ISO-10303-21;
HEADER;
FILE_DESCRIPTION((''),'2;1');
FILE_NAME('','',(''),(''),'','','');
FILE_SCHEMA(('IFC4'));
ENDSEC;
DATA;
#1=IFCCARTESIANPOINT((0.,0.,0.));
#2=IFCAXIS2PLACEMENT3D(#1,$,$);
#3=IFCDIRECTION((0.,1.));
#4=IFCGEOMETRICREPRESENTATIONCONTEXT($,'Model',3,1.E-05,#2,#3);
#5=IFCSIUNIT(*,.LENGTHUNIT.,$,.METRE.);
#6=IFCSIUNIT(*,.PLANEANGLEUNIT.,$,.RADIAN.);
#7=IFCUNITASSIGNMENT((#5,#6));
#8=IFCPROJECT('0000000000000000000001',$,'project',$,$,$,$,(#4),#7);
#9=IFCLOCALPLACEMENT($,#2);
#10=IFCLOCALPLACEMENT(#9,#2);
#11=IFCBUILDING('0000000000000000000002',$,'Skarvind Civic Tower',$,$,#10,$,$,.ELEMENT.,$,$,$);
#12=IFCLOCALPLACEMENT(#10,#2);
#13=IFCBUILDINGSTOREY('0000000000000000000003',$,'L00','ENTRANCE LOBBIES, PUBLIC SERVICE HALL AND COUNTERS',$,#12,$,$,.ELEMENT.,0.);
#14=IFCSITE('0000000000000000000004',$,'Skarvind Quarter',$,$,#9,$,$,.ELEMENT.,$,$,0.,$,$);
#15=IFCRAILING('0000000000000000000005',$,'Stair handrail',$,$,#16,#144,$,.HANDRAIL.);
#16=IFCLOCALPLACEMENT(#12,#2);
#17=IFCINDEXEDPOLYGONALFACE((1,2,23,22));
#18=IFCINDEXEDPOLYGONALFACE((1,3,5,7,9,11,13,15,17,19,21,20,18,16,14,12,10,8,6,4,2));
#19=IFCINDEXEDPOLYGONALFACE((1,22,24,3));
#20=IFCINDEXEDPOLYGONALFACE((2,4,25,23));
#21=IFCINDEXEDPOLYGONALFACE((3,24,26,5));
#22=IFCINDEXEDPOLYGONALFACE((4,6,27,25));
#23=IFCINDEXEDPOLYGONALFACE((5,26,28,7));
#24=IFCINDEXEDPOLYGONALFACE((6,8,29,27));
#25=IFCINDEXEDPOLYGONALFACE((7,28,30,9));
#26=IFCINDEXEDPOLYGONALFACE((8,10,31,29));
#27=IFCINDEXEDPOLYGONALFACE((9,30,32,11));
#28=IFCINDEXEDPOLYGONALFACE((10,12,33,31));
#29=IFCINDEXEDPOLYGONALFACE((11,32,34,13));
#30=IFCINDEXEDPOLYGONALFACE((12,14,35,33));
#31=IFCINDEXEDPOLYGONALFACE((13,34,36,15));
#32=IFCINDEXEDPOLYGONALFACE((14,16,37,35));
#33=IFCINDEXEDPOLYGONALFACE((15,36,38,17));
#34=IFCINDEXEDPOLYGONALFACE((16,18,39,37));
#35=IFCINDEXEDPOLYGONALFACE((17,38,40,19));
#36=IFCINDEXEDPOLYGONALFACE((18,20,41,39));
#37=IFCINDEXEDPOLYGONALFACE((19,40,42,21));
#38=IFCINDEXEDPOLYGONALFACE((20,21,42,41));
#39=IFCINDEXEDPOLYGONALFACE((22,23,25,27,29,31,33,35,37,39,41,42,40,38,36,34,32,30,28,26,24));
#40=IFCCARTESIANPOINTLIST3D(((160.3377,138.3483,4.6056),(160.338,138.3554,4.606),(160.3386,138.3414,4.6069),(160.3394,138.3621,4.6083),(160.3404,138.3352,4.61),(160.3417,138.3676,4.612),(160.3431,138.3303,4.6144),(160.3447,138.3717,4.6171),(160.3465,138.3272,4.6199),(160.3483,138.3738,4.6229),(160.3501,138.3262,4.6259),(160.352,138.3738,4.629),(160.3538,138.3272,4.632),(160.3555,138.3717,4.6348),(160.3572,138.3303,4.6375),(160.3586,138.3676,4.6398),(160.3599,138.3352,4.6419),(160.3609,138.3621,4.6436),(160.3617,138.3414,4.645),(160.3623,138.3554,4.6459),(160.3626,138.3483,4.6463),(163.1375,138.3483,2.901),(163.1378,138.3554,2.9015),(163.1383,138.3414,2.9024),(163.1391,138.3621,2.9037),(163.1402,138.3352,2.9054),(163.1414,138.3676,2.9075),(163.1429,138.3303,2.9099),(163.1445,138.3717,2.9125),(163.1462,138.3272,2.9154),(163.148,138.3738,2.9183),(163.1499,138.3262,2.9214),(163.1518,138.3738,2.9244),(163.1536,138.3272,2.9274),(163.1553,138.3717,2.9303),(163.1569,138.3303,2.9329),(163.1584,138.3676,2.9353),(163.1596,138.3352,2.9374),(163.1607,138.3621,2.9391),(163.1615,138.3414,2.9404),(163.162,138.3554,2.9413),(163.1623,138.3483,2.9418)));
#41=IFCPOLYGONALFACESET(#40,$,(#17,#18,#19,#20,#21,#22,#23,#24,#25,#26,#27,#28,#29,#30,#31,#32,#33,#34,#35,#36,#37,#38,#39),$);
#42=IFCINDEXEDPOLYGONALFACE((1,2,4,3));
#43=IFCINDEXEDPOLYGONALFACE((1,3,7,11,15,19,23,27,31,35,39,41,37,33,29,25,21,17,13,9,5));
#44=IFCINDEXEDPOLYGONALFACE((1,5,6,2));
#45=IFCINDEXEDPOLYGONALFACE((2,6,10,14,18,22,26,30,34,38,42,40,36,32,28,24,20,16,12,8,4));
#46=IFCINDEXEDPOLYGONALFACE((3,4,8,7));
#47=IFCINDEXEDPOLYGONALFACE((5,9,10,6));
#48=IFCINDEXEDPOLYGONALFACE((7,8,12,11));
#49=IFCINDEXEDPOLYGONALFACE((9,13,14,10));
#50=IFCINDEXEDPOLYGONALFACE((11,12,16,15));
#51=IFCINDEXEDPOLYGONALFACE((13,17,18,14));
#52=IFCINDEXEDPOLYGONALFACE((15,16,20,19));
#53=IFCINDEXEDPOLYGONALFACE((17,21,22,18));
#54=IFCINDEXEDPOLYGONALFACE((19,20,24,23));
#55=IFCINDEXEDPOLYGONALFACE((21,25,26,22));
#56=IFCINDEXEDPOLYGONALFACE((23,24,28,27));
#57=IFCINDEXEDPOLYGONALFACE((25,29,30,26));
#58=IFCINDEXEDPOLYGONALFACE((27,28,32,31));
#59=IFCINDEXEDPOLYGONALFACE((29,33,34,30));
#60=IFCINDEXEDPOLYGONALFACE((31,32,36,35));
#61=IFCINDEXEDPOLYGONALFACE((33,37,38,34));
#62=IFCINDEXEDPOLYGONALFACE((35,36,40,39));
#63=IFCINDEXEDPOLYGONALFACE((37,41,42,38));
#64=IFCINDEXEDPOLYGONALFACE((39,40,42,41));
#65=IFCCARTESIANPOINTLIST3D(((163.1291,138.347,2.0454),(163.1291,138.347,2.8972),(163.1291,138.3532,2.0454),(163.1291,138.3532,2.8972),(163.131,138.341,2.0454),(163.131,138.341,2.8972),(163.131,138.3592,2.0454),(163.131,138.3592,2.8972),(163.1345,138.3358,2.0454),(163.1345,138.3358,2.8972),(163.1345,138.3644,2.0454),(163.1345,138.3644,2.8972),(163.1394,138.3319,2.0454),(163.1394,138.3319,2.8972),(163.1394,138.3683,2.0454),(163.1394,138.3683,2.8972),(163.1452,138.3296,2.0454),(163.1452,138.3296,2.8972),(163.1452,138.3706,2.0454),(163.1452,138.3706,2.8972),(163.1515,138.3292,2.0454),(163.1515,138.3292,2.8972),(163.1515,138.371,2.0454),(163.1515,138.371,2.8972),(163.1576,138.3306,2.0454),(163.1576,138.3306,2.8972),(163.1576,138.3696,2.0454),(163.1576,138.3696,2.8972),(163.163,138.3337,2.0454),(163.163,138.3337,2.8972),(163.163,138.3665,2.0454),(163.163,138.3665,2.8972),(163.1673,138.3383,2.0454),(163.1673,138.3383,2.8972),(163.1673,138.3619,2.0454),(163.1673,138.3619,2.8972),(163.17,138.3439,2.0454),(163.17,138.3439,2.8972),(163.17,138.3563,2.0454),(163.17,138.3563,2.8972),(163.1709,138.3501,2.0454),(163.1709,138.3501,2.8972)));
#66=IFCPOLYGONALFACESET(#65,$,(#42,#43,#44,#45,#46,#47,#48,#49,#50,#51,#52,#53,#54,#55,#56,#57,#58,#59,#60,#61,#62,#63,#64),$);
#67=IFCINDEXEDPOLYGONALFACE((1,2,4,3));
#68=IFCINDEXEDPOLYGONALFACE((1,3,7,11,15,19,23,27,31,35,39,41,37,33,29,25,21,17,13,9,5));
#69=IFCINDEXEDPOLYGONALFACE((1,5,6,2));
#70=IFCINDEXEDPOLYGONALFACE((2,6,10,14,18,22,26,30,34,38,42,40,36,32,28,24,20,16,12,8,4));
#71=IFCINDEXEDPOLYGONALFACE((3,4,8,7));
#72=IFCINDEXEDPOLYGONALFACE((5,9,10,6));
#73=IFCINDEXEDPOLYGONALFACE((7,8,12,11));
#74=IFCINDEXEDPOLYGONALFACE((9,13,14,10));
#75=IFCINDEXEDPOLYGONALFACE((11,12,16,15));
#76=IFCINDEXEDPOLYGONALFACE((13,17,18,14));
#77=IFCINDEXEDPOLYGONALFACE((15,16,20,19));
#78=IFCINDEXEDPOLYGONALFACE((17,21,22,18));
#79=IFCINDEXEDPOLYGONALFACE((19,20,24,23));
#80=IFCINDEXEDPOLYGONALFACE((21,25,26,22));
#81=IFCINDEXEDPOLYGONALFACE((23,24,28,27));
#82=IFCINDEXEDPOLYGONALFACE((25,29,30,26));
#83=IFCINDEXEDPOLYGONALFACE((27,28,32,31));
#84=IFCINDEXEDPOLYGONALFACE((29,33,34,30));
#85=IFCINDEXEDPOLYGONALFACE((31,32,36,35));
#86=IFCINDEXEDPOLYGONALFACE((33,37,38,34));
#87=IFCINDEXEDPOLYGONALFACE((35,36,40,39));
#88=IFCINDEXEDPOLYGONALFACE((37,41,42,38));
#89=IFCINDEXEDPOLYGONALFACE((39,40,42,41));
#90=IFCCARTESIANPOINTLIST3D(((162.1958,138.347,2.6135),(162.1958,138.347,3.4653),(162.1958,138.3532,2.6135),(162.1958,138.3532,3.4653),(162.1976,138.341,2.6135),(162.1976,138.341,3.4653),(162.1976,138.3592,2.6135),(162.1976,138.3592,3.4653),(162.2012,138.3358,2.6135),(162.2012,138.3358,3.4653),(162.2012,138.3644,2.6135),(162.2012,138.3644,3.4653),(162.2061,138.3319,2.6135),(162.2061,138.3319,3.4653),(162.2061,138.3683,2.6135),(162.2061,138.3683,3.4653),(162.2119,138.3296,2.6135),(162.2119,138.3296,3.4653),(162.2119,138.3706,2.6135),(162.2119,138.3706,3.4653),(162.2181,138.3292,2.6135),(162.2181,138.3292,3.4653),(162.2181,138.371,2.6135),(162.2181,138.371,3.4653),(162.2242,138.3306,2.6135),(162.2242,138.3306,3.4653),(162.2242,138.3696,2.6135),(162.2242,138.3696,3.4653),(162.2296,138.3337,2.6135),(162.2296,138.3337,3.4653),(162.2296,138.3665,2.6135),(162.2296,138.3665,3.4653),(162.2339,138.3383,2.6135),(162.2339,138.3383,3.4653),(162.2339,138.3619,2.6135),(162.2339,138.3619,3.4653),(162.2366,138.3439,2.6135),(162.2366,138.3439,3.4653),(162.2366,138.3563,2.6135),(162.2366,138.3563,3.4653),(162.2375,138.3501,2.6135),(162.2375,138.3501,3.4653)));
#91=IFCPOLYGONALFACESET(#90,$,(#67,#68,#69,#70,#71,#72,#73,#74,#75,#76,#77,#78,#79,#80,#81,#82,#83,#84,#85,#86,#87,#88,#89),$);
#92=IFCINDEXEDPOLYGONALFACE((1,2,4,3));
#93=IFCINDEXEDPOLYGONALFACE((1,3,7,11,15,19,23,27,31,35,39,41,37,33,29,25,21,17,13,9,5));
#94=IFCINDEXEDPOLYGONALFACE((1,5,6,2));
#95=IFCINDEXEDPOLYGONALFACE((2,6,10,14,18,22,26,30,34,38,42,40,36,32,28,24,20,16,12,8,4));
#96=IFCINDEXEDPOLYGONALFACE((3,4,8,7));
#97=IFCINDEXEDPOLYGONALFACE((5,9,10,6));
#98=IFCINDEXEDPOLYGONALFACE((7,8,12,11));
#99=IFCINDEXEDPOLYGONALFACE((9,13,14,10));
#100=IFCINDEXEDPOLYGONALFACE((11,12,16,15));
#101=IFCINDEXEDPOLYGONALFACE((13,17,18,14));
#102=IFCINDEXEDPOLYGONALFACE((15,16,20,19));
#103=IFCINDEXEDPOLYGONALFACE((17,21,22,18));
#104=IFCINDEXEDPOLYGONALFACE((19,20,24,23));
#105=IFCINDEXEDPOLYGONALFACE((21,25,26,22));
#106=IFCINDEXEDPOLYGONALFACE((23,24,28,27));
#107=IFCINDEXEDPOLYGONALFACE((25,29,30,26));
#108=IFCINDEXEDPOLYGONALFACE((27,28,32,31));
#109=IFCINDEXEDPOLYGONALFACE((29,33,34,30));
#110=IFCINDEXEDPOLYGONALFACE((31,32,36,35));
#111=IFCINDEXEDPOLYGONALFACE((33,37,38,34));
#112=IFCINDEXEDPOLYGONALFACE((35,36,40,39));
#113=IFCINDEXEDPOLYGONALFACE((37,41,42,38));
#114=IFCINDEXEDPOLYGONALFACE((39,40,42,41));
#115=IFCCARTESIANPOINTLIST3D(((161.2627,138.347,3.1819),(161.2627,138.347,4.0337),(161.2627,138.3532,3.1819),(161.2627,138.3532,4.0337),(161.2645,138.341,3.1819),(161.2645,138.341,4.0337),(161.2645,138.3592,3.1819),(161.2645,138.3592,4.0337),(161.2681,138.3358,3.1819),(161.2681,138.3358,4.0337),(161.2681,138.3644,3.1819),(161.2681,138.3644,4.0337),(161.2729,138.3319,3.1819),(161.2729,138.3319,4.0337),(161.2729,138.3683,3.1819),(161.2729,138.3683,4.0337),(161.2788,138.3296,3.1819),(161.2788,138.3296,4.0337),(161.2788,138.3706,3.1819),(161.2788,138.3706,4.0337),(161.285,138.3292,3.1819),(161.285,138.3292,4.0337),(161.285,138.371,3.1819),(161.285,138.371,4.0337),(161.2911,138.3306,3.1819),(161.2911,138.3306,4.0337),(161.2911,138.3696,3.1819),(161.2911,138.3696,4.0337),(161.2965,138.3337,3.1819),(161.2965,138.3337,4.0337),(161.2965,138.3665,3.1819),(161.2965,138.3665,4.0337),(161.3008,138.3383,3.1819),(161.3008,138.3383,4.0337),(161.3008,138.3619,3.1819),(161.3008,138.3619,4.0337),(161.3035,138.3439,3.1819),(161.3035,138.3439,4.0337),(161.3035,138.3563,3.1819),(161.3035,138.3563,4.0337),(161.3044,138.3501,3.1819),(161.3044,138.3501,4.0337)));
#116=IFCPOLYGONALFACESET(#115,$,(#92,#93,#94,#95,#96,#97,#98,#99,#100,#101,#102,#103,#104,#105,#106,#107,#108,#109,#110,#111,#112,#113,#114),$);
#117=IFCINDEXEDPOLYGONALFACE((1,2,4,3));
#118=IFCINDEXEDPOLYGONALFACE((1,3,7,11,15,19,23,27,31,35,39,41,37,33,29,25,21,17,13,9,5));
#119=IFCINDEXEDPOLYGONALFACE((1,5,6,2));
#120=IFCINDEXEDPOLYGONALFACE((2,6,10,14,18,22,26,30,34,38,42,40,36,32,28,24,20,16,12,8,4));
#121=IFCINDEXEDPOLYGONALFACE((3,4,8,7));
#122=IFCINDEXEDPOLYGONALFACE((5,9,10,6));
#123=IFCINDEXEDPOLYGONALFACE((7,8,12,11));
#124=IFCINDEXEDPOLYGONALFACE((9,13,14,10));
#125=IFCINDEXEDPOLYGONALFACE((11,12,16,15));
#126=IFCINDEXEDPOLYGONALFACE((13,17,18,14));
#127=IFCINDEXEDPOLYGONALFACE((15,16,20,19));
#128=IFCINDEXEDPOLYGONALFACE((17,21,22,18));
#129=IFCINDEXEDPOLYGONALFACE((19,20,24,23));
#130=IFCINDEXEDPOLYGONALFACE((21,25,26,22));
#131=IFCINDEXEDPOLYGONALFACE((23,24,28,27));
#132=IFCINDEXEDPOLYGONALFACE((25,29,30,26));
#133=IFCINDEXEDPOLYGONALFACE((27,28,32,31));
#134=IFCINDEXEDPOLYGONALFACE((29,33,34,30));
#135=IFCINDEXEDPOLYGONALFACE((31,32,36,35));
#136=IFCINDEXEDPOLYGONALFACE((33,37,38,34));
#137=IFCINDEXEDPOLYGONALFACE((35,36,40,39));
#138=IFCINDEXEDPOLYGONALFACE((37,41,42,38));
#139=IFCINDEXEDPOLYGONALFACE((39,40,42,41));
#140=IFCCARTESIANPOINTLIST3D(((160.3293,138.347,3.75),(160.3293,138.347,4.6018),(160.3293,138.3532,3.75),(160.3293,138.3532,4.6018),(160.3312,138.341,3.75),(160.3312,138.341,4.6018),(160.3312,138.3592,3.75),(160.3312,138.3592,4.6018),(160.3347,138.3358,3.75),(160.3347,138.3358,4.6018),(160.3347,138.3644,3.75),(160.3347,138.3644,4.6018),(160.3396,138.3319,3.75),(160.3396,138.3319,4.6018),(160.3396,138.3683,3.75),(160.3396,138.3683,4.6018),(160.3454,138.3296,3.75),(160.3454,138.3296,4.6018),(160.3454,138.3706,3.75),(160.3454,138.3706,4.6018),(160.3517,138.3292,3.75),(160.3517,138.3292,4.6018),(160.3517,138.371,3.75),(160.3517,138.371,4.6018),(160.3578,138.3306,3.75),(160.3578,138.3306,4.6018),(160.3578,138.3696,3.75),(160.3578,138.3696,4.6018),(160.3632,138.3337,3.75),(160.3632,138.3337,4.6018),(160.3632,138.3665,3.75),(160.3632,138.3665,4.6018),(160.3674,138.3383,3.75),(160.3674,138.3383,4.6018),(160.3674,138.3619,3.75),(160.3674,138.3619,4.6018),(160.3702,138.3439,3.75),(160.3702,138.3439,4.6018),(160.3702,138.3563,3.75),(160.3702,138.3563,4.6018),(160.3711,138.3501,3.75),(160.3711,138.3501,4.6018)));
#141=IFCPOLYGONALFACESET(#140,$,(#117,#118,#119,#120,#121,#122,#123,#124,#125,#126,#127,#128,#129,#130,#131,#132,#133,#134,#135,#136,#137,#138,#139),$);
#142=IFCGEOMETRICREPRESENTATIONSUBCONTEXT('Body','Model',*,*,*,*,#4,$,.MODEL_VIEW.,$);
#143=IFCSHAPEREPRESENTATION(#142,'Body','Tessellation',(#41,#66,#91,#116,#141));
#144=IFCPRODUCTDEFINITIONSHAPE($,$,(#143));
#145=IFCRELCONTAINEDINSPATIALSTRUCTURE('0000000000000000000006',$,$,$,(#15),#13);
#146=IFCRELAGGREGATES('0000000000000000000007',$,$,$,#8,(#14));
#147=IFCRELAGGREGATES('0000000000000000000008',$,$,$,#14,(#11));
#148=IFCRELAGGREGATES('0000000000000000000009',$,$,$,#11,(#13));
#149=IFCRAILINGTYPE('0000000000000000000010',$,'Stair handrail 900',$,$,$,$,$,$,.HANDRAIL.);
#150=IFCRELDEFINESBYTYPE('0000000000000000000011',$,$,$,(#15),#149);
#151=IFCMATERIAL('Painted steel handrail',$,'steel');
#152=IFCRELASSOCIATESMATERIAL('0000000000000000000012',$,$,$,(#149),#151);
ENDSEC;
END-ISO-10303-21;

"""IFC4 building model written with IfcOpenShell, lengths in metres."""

from ifc_helpers import new_model, si_unit, direction, frame, origin, origin_2d, place, context, subcontext, project, spatial, circle, extrude, material, type_object, element, save


model = new_model("IFC4")

# Units and contexts
model_context = context("Model", 3, precision=1e-05, world=origin(), true_north=direction((0.0, 1.0)))
body_context = subcontext(model_context, "Body", "Model", "MODEL_VIEW")
ifc_project = project(units=[si_unit("LENGTHUNIT", "METRE"), si_unit("PLANEANGLEUNIT", "RADIAN")], contexts=[model_context])

# Site, building, storey
site_placement = place(None, origin())
site = spatial("IfcSite", under=ifc_project, at=site_placement, Name="Skarvind Quarter", CompositionType="ELEMENT", RefElevation=0.0)
building_placement = place(site_placement, origin())
building = spatial("IfcBuilding", under=site, at=building_placement, Name="Skarvind Civic Tower", CompositionType="ELEMENT")
storey_placement = place(building_placement, origin())
storey = spatial("IfcBuildingStorey", under=building, at=storey_placement, Name="L00", Description="ENTRANCE LOBBIES, PUBLIC SERVICE HALL AND COUNTERS", CompositionType="ELEMENT", Elevation=0.0)

# Railing
ifc_material_1 = material(Name="Painted steel handrail", Category="steel")
railing_type = type_object("IfcRailingType", Name="Stair handrail 900", PredefinedType="HANDRAIL", material=ifc_material_1)
railing_1_placement = place(storey_placement, frame((163.1499, 138.3501, 2.0454)))
element("IfcRailing", 1, at=railing_1_placement, inside=storey, type_object=railing_type, Name="Stair handrail", PredefinedType="HANDRAIL", context=body_context, shape_type="SweptSolid", body=[
    extrude(circle(Radius=0.0239, at=origin_2d()), frame((0.0, 0.0, 0.876), z_axis=(-0.85415, 0.0, 0.520027), x_axis=(0.0, -1.0, 0.0)), (0.0, 0.0, 1.0), 3.2778),
    extrude(circle(Radius=0.021, at=origin_2d()), origin(), (0.0, 0.0, 1.0), 0.8518),
    extrude(circle(Radius=0.021, at=origin_2d()), frame((-0.9333, 0.0, 0.5681)), (0.0, 0.0, 1.0), 0.8518),
    extrude(circle(Radius=0.021, at=origin_2d()), frame((-1.8665, 0.0, 1.1365)), (0.0, 0.0, 1.0), 0.8518),
    extrude(circle(Radius=0.021, at=origin_2d()), frame((-2.7998, 0.0, 1.7046)), (0.0, 0.0, 1.0), 0.8518),
])

save(model, "model.ifc")
